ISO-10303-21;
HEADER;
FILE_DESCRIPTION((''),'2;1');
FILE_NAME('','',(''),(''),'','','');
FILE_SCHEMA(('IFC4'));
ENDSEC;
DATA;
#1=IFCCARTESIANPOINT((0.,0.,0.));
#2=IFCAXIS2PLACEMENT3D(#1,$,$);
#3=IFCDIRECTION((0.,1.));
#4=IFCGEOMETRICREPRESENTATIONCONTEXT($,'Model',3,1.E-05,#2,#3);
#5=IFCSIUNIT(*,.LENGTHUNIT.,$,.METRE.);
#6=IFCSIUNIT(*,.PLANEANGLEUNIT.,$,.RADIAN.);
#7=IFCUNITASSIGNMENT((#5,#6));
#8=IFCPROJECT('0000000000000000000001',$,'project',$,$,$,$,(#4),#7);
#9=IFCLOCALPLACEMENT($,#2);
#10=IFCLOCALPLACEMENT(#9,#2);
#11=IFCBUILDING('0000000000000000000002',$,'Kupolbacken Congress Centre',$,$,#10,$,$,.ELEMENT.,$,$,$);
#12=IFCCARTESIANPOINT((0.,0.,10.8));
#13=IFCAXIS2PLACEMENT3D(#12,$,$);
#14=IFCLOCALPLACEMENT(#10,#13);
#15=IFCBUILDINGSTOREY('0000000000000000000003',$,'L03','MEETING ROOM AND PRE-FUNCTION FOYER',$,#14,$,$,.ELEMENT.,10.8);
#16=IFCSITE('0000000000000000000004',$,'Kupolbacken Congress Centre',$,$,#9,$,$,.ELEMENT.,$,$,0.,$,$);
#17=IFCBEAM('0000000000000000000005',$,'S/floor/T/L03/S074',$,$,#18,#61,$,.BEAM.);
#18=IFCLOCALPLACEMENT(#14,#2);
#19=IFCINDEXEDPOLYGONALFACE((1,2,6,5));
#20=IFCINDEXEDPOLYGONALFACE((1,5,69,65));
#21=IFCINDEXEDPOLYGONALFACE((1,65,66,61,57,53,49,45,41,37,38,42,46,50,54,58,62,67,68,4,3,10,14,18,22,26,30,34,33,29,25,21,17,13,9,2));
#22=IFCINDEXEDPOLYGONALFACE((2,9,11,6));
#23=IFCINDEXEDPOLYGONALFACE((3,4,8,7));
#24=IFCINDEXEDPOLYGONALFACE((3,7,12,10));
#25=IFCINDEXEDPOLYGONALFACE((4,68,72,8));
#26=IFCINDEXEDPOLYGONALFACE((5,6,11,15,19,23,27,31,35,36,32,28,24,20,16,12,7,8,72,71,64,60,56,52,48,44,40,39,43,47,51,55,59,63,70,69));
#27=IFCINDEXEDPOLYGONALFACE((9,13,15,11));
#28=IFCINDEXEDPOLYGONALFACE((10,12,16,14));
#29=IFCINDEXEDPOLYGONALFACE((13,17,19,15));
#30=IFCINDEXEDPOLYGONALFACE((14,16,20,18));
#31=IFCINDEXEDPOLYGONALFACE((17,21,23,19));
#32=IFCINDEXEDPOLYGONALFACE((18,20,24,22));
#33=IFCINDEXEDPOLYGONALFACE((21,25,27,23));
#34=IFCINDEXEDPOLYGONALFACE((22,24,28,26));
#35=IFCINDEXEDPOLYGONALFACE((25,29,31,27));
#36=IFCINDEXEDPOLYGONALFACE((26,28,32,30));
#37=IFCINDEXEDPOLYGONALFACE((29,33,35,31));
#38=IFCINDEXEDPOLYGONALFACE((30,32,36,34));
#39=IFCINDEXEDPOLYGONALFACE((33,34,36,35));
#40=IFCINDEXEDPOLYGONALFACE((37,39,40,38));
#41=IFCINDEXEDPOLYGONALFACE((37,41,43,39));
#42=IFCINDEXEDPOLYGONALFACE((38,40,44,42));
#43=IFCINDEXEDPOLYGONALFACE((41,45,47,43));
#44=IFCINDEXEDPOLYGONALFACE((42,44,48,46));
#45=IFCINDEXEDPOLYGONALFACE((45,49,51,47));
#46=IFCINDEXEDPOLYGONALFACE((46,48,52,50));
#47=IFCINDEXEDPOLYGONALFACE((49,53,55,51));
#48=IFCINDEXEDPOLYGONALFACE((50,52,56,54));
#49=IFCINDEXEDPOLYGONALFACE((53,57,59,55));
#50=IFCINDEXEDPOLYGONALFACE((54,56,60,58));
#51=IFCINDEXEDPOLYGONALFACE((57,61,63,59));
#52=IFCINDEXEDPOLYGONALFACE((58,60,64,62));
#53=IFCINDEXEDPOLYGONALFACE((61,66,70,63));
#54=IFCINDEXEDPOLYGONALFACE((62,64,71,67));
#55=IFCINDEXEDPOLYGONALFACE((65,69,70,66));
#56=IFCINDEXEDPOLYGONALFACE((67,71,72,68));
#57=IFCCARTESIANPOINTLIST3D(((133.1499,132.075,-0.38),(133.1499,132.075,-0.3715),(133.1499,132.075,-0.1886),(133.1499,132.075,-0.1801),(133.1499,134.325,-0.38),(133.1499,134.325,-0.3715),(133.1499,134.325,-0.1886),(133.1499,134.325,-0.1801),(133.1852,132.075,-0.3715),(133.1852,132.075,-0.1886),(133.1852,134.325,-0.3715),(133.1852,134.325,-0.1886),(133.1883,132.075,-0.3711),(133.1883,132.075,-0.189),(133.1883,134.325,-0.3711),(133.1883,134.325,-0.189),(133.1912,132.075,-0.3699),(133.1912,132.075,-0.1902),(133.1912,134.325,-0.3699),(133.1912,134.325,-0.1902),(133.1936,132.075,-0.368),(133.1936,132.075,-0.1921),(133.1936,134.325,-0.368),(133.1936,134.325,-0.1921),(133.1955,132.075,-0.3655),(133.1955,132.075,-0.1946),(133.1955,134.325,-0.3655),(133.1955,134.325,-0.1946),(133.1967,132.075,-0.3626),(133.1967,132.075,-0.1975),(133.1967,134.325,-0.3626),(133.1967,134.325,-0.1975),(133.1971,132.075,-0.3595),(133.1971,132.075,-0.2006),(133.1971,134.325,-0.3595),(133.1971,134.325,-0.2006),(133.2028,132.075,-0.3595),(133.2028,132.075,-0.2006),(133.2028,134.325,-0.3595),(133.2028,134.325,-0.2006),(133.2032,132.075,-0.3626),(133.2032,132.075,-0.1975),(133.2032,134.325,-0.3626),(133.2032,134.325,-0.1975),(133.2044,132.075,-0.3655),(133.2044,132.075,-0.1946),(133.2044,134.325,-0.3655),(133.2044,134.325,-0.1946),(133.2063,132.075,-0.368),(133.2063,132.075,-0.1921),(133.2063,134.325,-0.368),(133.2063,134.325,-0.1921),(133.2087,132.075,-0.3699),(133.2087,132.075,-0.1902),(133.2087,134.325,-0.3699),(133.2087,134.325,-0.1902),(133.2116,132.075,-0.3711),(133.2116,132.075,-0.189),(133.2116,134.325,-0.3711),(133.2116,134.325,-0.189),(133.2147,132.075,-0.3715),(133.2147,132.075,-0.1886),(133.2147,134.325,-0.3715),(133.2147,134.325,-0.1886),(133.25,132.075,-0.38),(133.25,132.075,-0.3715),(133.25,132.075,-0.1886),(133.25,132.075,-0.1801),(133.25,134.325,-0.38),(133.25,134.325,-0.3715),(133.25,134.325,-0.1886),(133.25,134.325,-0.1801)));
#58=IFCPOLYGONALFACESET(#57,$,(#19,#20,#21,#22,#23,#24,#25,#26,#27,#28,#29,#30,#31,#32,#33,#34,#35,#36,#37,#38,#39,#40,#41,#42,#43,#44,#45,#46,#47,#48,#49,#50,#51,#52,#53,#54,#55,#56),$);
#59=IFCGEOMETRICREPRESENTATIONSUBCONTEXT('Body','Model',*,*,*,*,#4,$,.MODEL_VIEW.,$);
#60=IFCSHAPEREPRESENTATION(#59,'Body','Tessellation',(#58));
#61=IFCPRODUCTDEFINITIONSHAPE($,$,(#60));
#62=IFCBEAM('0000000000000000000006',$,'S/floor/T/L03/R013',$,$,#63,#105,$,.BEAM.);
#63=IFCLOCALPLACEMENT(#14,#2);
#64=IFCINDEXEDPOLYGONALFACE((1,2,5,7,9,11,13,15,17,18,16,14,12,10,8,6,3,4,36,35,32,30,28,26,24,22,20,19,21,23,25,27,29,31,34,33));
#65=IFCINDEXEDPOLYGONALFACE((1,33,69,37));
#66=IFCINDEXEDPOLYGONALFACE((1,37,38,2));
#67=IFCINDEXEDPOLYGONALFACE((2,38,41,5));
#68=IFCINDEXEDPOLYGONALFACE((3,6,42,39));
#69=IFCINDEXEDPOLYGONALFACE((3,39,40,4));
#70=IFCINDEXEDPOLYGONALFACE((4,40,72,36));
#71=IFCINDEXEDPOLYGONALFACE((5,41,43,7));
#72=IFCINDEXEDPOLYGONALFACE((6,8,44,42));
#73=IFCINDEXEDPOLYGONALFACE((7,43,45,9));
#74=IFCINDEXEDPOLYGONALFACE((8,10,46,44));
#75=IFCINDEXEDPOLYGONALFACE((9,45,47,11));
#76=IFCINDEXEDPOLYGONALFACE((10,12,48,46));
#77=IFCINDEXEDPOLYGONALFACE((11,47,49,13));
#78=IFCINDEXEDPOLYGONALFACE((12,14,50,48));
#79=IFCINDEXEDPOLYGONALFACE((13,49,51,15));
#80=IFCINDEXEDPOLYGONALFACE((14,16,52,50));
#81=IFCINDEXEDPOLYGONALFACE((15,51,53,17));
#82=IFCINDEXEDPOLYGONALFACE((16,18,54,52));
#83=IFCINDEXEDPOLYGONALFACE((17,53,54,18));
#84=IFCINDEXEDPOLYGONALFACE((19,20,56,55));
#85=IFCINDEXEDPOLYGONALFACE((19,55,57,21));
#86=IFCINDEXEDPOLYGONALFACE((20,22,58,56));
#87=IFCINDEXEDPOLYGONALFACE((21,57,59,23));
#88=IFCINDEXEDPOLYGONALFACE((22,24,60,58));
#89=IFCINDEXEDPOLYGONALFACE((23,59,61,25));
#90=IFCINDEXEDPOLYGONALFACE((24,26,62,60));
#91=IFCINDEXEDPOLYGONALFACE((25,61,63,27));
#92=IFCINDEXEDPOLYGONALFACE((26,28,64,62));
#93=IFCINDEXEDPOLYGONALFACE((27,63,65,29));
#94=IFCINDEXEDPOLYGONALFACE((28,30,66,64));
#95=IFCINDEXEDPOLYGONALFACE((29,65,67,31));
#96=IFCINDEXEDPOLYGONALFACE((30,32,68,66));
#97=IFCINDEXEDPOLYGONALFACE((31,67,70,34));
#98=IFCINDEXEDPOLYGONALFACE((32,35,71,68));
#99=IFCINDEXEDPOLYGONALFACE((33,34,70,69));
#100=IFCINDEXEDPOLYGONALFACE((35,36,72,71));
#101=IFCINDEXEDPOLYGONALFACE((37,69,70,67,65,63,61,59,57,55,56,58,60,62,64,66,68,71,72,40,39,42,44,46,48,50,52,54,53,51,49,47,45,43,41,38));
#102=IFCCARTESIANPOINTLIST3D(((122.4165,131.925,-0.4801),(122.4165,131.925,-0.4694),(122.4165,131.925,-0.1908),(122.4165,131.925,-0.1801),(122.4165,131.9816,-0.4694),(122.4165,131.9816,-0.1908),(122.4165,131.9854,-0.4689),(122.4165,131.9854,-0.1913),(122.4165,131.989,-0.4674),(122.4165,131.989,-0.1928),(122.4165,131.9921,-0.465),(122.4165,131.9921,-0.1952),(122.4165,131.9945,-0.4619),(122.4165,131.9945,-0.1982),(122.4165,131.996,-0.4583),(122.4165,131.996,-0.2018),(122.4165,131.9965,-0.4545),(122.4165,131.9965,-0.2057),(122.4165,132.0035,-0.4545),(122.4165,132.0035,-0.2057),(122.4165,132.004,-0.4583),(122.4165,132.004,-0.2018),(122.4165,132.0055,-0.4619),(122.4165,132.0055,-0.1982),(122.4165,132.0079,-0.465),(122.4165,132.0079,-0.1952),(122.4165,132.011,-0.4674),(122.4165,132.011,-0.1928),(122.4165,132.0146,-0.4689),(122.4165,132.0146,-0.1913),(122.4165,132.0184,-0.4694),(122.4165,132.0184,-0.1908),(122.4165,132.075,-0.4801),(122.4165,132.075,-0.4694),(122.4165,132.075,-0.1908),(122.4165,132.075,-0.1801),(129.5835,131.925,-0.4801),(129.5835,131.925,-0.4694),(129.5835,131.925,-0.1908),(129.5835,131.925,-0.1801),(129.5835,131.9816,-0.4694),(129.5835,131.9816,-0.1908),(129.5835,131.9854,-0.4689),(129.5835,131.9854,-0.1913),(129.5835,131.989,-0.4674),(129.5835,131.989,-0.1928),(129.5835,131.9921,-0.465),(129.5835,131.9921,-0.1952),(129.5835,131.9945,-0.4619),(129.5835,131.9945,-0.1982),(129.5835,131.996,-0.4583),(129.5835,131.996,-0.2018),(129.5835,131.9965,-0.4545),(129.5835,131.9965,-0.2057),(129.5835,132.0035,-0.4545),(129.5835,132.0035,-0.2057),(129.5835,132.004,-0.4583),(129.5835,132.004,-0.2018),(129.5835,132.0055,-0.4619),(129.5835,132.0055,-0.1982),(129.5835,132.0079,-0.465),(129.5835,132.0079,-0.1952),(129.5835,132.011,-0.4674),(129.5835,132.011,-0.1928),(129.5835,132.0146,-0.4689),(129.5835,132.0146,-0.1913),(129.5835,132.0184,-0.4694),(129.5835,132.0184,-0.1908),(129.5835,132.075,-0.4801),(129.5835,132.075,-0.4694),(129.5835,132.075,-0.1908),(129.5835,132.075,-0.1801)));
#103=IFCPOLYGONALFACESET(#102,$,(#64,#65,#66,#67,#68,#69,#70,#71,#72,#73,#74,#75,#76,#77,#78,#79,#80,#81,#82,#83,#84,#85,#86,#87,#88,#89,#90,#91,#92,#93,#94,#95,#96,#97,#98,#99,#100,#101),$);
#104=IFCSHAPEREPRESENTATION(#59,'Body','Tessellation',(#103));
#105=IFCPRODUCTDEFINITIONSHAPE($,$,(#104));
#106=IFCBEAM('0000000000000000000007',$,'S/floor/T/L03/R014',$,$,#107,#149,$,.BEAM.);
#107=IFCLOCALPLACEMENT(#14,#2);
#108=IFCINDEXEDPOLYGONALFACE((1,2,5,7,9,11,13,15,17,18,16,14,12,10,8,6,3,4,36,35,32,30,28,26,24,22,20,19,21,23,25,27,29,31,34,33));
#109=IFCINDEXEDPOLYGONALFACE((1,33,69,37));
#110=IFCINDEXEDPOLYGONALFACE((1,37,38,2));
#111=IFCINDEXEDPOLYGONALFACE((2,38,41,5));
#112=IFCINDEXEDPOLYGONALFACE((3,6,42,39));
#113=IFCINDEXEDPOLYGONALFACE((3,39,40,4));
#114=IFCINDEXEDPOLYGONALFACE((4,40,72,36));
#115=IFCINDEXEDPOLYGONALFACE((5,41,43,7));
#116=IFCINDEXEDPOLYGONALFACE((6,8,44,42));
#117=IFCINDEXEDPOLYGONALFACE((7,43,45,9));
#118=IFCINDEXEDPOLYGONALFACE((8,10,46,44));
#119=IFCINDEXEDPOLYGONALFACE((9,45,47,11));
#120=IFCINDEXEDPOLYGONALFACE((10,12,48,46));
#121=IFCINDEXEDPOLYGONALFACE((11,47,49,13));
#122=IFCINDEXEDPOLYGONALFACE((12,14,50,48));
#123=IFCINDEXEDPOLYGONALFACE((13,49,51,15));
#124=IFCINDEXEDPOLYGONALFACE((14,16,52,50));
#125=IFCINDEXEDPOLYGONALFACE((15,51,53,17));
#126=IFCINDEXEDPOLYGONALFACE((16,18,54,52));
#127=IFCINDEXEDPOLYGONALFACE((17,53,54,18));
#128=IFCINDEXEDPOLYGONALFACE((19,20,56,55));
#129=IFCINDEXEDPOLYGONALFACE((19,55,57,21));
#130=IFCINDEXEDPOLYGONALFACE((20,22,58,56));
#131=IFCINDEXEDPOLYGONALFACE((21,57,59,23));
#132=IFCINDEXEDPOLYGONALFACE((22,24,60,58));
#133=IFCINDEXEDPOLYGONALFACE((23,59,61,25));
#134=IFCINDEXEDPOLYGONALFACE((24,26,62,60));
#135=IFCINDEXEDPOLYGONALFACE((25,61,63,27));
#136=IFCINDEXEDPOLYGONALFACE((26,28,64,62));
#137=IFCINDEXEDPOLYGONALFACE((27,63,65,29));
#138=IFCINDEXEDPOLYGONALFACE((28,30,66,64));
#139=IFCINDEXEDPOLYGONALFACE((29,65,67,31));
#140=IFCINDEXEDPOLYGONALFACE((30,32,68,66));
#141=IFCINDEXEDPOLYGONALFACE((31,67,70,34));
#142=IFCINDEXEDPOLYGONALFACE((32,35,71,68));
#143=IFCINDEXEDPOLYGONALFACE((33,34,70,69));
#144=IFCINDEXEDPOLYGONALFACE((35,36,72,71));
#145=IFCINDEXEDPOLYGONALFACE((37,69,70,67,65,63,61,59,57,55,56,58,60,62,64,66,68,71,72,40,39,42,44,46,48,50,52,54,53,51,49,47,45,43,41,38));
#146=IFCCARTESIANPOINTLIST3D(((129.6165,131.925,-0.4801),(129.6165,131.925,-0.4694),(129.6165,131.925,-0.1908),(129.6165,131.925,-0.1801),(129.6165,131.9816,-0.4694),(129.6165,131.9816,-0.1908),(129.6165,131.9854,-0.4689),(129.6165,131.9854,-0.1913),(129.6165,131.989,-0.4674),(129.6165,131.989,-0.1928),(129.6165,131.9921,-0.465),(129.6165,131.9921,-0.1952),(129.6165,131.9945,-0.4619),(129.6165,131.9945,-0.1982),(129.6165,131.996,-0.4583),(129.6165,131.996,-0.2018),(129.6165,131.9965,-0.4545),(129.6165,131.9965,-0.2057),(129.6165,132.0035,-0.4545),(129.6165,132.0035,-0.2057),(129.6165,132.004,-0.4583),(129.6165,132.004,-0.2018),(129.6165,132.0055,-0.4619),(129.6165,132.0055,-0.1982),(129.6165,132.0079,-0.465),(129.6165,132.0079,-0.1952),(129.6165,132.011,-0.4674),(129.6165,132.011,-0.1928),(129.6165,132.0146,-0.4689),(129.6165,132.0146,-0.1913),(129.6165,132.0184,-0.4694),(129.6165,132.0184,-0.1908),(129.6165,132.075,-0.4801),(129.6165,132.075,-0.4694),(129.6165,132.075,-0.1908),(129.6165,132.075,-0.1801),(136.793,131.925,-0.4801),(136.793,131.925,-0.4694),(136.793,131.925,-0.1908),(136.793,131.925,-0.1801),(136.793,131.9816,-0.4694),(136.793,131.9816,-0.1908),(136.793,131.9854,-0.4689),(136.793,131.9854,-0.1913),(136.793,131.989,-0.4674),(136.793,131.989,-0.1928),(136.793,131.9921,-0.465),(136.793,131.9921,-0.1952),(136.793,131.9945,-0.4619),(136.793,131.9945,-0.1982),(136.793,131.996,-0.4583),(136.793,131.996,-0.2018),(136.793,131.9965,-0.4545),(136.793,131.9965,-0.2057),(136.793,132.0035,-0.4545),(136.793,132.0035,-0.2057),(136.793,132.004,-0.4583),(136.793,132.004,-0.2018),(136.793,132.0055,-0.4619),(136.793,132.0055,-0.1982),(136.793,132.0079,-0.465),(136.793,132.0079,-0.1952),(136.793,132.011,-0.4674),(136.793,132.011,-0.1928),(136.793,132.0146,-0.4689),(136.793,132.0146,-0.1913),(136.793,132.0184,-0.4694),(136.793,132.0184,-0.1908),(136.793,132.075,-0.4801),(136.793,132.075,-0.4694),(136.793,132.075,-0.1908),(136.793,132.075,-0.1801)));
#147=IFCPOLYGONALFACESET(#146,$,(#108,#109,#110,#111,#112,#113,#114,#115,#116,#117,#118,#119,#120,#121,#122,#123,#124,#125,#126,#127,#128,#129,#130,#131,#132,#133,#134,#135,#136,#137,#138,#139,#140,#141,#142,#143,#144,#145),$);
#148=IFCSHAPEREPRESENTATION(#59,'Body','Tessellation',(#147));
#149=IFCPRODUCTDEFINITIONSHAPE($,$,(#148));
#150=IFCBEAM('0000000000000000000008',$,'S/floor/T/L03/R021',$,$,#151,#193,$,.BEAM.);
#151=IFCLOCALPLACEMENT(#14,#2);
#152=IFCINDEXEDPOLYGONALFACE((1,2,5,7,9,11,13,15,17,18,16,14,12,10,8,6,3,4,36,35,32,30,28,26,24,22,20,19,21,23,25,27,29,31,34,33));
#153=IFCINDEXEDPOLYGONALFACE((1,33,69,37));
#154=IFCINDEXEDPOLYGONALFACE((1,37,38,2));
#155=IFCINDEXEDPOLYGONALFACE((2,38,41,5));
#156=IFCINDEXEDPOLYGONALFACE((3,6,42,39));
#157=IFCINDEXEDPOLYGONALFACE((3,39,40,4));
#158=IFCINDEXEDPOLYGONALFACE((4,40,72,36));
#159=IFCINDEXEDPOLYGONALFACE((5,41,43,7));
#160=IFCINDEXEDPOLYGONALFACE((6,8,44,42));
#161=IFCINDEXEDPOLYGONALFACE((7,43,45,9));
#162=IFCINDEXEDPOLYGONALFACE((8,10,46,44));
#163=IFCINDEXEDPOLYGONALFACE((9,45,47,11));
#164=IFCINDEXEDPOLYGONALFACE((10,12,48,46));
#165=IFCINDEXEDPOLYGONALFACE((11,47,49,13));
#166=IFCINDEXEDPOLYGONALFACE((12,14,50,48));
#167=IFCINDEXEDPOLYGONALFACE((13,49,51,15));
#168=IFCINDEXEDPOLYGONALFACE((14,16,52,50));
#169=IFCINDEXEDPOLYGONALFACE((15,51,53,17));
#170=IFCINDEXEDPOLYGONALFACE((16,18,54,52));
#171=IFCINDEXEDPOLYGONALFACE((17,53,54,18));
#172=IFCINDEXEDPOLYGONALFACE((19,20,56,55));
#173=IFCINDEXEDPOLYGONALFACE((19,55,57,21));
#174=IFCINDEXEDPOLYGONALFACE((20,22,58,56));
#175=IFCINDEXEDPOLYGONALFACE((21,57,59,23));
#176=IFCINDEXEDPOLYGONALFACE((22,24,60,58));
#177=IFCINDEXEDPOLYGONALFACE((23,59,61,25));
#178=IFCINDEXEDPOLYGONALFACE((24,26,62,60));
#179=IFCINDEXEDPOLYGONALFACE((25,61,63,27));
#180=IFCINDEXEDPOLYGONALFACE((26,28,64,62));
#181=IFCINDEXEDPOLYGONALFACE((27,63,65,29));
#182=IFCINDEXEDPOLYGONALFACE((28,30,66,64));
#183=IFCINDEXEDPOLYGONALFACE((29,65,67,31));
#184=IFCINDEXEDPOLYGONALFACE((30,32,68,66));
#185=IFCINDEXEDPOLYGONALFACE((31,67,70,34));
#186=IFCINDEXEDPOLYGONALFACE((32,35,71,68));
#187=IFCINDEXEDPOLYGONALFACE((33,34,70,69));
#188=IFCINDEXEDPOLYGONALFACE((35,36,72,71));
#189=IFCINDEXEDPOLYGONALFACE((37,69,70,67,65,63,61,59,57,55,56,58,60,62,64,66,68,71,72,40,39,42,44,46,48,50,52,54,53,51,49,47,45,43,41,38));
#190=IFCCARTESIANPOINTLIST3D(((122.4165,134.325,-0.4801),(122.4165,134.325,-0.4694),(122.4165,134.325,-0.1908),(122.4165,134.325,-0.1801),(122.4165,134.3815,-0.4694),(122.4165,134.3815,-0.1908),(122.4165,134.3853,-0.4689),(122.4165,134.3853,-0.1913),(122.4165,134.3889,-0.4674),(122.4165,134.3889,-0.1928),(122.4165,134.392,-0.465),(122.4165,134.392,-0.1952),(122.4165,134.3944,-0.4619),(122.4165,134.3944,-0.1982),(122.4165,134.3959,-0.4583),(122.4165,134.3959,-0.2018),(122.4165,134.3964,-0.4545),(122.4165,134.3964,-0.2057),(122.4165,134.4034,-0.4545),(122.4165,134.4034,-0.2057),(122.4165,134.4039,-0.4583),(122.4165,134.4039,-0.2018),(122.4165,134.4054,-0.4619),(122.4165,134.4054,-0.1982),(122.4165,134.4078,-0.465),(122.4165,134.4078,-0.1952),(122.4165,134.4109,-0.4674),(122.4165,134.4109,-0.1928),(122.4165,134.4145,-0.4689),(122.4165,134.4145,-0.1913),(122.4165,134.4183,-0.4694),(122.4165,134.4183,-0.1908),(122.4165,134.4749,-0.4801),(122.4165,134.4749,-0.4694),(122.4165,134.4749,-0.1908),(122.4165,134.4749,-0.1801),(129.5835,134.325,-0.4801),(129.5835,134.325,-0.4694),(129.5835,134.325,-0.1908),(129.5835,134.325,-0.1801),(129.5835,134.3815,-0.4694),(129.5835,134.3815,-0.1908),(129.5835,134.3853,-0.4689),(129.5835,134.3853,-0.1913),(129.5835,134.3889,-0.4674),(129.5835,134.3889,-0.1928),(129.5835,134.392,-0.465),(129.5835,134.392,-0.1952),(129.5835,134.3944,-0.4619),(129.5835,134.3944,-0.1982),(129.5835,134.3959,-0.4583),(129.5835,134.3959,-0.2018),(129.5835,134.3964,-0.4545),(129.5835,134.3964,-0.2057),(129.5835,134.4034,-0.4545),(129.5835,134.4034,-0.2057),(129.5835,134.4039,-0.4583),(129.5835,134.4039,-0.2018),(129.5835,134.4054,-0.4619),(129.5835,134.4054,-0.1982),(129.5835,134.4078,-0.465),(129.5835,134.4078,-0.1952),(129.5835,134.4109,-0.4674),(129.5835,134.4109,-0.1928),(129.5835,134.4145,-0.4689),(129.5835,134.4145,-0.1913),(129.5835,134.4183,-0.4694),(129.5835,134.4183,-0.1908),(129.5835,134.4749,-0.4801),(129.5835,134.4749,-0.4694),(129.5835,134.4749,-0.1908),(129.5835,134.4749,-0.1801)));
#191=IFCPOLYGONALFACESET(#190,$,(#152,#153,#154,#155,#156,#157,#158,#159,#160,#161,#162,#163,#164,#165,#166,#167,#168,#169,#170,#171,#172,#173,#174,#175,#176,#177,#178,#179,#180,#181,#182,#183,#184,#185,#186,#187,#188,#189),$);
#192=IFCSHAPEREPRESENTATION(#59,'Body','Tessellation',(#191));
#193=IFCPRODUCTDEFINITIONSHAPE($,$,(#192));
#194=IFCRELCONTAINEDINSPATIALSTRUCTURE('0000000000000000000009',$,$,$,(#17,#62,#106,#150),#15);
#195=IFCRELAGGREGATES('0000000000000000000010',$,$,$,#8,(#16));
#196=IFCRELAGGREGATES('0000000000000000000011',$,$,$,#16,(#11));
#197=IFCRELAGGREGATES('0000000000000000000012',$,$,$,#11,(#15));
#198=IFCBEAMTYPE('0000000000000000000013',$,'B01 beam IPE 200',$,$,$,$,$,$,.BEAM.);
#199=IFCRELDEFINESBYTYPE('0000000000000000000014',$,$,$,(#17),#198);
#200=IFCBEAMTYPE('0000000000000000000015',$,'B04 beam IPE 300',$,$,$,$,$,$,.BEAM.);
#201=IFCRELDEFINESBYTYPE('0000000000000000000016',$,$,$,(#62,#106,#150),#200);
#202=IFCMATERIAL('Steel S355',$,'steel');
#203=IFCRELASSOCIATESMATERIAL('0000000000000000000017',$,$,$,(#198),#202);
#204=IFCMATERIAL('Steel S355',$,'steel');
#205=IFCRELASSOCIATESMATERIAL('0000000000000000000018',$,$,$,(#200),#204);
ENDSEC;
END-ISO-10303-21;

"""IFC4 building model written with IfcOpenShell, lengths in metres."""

from ifc_helpers import new_model, si_unit, direction, frame, origin, origin_2d, place, context, subcontext, project, spatial, i_section, extrude, material, material_profile, profile_set, type_object, element, save


model = new_model("IFC4")

# Units and contexts
model_context = context("Model", 3, precision=1e-05, world=origin(), true_north=direction((0.0, 1.0)))
body_context = subcontext(model_context, "Body", "Model", "MODEL_VIEW")
ifc_project = project(units=[si_unit("LENGTHUNIT", "METRE"), si_unit("PLANEANGLEUNIT", "RADIAN")], contexts=[model_context])

# Site, building, storey
site_placement = place(None, origin())
site = spatial("IfcSite", under=ifc_project, at=site_placement, Name="Kupolbacken Congress Centre", CompositionType="ELEMENT", RefElevation=0.0)
building_placement = place(site_placement, origin())
building = spatial("IfcBuilding", under=site, at=building_placement, Name="Kupolbacken Congress Centre", CompositionType="ELEMENT")
storey_placement = place(building_placement, frame((0.0, 0.0, 10.8)))
storey = spatial("IfcBuildingStorey", under=building, at=storey_placement, Name="L03", Description="MEETING ROOM AND PRE-FUNCTION FOYER", CompositionType="ELEMENT", Elevation=10.8)

# Beams
ifc_material_1 = material(Name="Steel S355", Category="steel")
ifc_material_profile_1 = material_profile(ifc_material_1, i_section(OverallWidth=0.1001, OverallDepth=0.2, WebThickness=0.0056, FlangeThickness=0.0085, FilletRadius=0.012, at=origin_2d()), Name="IPE 200")
ifc_profile_set_1 = profile_set([ifc_material_profile_1], Name="Steel S355")
beam_type_1 = type_object("IfcBeamType", Name="B01 beam IPE 200", PredefinedType="BEAM", material=ifc_profile_set_1)
beam_1_placement = place(storey_placement, frame((133.2, 132.075, -0.28), z_axis=(0.0, 1.0, 0.0), x_axis=(-1.0, 0.0, 0.0)))
element("IfcBeam", 1, at=beam_1_placement, inside=storey, type_object=beam_type_1, Name="S/floor/T/L03/S074", PredefinedType="BEAM", context=body_context, shape_type="SweptSolid", body=[
    extrude(i_section(OverallWidth=0.1001, OverallDepth=0.2, WebThickness=0.0056, FlangeThickness=0.0085, FilletRadius=0.012, at=origin_2d()), origin(), (0.0, 0.0, 1.0), 2.25),
])
ifc_material_2 = material(Name="Steel S355", Category="steel")
ifc_material_profile_2 = material_profile(ifc_material_2, i_section(OverallWidth=0.1499, OverallDepth=0.3, WebThickness=0.0071, FlangeThickness=0.0107, FilletRadius=0.0149, at=origin_2d()), Name="IPE 300")
ifc_profile_set_2 = profile_set([ifc_material_profile_2], Name="Steel S355")
beam_type_2 = type_object("IfcBeamType", Name="B04 beam IPE 300", PredefinedType="BEAM", material=ifc_profile_set_2)
beam_2_placement = place(storey_placement, frame((122.4165, 132.0, -0.3301), z_axis=(1.0, 0.0, 0.0), x_axis=(0.0, 1.0, 0.0)))
element("IfcBeam", 2, at=beam_2_placement, inside=storey, type_object=beam_type_2, Name="S/floor/T/L03/R013", PredefinedType="BEAM", context=body_context, shape_type="SweptSolid", body=[
    extrude(i_section(OverallWidth=0.1499, OverallDepth=0.3, WebThickness=0.0071, FlangeThickness=0.0107, FilletRadius=0.0149, at=origin_2d()), origin(), (0.0, 0.0, 1.0), 7.167),
])
beam_3_placement = place(storey_placement, frame((129.6165, 132.0, -0.3301), z_axis=(1.0, 0.0, 0.0), x_axis=(0.0, 1.0, 0.0)))
element("IfcBeam", 3, at=beam_3_placement, inside=storey, type_object=beam_type_2, Name="S/floor/T/L03/R014", PredefinedType="BEAM", context=body_context, shape_type="SweptSolid", body=[
    extrude(i_section(OverallWidth=0.1499, OverallDepth=0.3, WebThickness=0.0071, FlangeThickness=0.0107, FilletRadius=0.0149, at=origin_2d()), origin(), (0.0, 0.0, 1.0), 7.1765),
])
beam_4_placement = place(storey_placement, frame((122.4165, 134.3999, -0.3301), z_axis=(1.0, 0.0, 0.0), x_axis=(0.0, 1.0, 0.0)))
element("IfcBeam", 4, at=beam_4_placement, inside=storey, type_object=beam_type_2, Name="S/floor/T/L03/R021", PredefinedType="BEAM", context=body_context, shape_type="SweptSolid", body=[
    extrude(i_section(OverallWidth=0.1499, OverallDepth=0.3, WebThickness=0.0071, FlangeThickness=0.0107, FilletRadius=0.0149, at=origin_2d()), origin(), (0.0, 0.0, 1.0), 7.167),
])

save(model, "model.ifc")
